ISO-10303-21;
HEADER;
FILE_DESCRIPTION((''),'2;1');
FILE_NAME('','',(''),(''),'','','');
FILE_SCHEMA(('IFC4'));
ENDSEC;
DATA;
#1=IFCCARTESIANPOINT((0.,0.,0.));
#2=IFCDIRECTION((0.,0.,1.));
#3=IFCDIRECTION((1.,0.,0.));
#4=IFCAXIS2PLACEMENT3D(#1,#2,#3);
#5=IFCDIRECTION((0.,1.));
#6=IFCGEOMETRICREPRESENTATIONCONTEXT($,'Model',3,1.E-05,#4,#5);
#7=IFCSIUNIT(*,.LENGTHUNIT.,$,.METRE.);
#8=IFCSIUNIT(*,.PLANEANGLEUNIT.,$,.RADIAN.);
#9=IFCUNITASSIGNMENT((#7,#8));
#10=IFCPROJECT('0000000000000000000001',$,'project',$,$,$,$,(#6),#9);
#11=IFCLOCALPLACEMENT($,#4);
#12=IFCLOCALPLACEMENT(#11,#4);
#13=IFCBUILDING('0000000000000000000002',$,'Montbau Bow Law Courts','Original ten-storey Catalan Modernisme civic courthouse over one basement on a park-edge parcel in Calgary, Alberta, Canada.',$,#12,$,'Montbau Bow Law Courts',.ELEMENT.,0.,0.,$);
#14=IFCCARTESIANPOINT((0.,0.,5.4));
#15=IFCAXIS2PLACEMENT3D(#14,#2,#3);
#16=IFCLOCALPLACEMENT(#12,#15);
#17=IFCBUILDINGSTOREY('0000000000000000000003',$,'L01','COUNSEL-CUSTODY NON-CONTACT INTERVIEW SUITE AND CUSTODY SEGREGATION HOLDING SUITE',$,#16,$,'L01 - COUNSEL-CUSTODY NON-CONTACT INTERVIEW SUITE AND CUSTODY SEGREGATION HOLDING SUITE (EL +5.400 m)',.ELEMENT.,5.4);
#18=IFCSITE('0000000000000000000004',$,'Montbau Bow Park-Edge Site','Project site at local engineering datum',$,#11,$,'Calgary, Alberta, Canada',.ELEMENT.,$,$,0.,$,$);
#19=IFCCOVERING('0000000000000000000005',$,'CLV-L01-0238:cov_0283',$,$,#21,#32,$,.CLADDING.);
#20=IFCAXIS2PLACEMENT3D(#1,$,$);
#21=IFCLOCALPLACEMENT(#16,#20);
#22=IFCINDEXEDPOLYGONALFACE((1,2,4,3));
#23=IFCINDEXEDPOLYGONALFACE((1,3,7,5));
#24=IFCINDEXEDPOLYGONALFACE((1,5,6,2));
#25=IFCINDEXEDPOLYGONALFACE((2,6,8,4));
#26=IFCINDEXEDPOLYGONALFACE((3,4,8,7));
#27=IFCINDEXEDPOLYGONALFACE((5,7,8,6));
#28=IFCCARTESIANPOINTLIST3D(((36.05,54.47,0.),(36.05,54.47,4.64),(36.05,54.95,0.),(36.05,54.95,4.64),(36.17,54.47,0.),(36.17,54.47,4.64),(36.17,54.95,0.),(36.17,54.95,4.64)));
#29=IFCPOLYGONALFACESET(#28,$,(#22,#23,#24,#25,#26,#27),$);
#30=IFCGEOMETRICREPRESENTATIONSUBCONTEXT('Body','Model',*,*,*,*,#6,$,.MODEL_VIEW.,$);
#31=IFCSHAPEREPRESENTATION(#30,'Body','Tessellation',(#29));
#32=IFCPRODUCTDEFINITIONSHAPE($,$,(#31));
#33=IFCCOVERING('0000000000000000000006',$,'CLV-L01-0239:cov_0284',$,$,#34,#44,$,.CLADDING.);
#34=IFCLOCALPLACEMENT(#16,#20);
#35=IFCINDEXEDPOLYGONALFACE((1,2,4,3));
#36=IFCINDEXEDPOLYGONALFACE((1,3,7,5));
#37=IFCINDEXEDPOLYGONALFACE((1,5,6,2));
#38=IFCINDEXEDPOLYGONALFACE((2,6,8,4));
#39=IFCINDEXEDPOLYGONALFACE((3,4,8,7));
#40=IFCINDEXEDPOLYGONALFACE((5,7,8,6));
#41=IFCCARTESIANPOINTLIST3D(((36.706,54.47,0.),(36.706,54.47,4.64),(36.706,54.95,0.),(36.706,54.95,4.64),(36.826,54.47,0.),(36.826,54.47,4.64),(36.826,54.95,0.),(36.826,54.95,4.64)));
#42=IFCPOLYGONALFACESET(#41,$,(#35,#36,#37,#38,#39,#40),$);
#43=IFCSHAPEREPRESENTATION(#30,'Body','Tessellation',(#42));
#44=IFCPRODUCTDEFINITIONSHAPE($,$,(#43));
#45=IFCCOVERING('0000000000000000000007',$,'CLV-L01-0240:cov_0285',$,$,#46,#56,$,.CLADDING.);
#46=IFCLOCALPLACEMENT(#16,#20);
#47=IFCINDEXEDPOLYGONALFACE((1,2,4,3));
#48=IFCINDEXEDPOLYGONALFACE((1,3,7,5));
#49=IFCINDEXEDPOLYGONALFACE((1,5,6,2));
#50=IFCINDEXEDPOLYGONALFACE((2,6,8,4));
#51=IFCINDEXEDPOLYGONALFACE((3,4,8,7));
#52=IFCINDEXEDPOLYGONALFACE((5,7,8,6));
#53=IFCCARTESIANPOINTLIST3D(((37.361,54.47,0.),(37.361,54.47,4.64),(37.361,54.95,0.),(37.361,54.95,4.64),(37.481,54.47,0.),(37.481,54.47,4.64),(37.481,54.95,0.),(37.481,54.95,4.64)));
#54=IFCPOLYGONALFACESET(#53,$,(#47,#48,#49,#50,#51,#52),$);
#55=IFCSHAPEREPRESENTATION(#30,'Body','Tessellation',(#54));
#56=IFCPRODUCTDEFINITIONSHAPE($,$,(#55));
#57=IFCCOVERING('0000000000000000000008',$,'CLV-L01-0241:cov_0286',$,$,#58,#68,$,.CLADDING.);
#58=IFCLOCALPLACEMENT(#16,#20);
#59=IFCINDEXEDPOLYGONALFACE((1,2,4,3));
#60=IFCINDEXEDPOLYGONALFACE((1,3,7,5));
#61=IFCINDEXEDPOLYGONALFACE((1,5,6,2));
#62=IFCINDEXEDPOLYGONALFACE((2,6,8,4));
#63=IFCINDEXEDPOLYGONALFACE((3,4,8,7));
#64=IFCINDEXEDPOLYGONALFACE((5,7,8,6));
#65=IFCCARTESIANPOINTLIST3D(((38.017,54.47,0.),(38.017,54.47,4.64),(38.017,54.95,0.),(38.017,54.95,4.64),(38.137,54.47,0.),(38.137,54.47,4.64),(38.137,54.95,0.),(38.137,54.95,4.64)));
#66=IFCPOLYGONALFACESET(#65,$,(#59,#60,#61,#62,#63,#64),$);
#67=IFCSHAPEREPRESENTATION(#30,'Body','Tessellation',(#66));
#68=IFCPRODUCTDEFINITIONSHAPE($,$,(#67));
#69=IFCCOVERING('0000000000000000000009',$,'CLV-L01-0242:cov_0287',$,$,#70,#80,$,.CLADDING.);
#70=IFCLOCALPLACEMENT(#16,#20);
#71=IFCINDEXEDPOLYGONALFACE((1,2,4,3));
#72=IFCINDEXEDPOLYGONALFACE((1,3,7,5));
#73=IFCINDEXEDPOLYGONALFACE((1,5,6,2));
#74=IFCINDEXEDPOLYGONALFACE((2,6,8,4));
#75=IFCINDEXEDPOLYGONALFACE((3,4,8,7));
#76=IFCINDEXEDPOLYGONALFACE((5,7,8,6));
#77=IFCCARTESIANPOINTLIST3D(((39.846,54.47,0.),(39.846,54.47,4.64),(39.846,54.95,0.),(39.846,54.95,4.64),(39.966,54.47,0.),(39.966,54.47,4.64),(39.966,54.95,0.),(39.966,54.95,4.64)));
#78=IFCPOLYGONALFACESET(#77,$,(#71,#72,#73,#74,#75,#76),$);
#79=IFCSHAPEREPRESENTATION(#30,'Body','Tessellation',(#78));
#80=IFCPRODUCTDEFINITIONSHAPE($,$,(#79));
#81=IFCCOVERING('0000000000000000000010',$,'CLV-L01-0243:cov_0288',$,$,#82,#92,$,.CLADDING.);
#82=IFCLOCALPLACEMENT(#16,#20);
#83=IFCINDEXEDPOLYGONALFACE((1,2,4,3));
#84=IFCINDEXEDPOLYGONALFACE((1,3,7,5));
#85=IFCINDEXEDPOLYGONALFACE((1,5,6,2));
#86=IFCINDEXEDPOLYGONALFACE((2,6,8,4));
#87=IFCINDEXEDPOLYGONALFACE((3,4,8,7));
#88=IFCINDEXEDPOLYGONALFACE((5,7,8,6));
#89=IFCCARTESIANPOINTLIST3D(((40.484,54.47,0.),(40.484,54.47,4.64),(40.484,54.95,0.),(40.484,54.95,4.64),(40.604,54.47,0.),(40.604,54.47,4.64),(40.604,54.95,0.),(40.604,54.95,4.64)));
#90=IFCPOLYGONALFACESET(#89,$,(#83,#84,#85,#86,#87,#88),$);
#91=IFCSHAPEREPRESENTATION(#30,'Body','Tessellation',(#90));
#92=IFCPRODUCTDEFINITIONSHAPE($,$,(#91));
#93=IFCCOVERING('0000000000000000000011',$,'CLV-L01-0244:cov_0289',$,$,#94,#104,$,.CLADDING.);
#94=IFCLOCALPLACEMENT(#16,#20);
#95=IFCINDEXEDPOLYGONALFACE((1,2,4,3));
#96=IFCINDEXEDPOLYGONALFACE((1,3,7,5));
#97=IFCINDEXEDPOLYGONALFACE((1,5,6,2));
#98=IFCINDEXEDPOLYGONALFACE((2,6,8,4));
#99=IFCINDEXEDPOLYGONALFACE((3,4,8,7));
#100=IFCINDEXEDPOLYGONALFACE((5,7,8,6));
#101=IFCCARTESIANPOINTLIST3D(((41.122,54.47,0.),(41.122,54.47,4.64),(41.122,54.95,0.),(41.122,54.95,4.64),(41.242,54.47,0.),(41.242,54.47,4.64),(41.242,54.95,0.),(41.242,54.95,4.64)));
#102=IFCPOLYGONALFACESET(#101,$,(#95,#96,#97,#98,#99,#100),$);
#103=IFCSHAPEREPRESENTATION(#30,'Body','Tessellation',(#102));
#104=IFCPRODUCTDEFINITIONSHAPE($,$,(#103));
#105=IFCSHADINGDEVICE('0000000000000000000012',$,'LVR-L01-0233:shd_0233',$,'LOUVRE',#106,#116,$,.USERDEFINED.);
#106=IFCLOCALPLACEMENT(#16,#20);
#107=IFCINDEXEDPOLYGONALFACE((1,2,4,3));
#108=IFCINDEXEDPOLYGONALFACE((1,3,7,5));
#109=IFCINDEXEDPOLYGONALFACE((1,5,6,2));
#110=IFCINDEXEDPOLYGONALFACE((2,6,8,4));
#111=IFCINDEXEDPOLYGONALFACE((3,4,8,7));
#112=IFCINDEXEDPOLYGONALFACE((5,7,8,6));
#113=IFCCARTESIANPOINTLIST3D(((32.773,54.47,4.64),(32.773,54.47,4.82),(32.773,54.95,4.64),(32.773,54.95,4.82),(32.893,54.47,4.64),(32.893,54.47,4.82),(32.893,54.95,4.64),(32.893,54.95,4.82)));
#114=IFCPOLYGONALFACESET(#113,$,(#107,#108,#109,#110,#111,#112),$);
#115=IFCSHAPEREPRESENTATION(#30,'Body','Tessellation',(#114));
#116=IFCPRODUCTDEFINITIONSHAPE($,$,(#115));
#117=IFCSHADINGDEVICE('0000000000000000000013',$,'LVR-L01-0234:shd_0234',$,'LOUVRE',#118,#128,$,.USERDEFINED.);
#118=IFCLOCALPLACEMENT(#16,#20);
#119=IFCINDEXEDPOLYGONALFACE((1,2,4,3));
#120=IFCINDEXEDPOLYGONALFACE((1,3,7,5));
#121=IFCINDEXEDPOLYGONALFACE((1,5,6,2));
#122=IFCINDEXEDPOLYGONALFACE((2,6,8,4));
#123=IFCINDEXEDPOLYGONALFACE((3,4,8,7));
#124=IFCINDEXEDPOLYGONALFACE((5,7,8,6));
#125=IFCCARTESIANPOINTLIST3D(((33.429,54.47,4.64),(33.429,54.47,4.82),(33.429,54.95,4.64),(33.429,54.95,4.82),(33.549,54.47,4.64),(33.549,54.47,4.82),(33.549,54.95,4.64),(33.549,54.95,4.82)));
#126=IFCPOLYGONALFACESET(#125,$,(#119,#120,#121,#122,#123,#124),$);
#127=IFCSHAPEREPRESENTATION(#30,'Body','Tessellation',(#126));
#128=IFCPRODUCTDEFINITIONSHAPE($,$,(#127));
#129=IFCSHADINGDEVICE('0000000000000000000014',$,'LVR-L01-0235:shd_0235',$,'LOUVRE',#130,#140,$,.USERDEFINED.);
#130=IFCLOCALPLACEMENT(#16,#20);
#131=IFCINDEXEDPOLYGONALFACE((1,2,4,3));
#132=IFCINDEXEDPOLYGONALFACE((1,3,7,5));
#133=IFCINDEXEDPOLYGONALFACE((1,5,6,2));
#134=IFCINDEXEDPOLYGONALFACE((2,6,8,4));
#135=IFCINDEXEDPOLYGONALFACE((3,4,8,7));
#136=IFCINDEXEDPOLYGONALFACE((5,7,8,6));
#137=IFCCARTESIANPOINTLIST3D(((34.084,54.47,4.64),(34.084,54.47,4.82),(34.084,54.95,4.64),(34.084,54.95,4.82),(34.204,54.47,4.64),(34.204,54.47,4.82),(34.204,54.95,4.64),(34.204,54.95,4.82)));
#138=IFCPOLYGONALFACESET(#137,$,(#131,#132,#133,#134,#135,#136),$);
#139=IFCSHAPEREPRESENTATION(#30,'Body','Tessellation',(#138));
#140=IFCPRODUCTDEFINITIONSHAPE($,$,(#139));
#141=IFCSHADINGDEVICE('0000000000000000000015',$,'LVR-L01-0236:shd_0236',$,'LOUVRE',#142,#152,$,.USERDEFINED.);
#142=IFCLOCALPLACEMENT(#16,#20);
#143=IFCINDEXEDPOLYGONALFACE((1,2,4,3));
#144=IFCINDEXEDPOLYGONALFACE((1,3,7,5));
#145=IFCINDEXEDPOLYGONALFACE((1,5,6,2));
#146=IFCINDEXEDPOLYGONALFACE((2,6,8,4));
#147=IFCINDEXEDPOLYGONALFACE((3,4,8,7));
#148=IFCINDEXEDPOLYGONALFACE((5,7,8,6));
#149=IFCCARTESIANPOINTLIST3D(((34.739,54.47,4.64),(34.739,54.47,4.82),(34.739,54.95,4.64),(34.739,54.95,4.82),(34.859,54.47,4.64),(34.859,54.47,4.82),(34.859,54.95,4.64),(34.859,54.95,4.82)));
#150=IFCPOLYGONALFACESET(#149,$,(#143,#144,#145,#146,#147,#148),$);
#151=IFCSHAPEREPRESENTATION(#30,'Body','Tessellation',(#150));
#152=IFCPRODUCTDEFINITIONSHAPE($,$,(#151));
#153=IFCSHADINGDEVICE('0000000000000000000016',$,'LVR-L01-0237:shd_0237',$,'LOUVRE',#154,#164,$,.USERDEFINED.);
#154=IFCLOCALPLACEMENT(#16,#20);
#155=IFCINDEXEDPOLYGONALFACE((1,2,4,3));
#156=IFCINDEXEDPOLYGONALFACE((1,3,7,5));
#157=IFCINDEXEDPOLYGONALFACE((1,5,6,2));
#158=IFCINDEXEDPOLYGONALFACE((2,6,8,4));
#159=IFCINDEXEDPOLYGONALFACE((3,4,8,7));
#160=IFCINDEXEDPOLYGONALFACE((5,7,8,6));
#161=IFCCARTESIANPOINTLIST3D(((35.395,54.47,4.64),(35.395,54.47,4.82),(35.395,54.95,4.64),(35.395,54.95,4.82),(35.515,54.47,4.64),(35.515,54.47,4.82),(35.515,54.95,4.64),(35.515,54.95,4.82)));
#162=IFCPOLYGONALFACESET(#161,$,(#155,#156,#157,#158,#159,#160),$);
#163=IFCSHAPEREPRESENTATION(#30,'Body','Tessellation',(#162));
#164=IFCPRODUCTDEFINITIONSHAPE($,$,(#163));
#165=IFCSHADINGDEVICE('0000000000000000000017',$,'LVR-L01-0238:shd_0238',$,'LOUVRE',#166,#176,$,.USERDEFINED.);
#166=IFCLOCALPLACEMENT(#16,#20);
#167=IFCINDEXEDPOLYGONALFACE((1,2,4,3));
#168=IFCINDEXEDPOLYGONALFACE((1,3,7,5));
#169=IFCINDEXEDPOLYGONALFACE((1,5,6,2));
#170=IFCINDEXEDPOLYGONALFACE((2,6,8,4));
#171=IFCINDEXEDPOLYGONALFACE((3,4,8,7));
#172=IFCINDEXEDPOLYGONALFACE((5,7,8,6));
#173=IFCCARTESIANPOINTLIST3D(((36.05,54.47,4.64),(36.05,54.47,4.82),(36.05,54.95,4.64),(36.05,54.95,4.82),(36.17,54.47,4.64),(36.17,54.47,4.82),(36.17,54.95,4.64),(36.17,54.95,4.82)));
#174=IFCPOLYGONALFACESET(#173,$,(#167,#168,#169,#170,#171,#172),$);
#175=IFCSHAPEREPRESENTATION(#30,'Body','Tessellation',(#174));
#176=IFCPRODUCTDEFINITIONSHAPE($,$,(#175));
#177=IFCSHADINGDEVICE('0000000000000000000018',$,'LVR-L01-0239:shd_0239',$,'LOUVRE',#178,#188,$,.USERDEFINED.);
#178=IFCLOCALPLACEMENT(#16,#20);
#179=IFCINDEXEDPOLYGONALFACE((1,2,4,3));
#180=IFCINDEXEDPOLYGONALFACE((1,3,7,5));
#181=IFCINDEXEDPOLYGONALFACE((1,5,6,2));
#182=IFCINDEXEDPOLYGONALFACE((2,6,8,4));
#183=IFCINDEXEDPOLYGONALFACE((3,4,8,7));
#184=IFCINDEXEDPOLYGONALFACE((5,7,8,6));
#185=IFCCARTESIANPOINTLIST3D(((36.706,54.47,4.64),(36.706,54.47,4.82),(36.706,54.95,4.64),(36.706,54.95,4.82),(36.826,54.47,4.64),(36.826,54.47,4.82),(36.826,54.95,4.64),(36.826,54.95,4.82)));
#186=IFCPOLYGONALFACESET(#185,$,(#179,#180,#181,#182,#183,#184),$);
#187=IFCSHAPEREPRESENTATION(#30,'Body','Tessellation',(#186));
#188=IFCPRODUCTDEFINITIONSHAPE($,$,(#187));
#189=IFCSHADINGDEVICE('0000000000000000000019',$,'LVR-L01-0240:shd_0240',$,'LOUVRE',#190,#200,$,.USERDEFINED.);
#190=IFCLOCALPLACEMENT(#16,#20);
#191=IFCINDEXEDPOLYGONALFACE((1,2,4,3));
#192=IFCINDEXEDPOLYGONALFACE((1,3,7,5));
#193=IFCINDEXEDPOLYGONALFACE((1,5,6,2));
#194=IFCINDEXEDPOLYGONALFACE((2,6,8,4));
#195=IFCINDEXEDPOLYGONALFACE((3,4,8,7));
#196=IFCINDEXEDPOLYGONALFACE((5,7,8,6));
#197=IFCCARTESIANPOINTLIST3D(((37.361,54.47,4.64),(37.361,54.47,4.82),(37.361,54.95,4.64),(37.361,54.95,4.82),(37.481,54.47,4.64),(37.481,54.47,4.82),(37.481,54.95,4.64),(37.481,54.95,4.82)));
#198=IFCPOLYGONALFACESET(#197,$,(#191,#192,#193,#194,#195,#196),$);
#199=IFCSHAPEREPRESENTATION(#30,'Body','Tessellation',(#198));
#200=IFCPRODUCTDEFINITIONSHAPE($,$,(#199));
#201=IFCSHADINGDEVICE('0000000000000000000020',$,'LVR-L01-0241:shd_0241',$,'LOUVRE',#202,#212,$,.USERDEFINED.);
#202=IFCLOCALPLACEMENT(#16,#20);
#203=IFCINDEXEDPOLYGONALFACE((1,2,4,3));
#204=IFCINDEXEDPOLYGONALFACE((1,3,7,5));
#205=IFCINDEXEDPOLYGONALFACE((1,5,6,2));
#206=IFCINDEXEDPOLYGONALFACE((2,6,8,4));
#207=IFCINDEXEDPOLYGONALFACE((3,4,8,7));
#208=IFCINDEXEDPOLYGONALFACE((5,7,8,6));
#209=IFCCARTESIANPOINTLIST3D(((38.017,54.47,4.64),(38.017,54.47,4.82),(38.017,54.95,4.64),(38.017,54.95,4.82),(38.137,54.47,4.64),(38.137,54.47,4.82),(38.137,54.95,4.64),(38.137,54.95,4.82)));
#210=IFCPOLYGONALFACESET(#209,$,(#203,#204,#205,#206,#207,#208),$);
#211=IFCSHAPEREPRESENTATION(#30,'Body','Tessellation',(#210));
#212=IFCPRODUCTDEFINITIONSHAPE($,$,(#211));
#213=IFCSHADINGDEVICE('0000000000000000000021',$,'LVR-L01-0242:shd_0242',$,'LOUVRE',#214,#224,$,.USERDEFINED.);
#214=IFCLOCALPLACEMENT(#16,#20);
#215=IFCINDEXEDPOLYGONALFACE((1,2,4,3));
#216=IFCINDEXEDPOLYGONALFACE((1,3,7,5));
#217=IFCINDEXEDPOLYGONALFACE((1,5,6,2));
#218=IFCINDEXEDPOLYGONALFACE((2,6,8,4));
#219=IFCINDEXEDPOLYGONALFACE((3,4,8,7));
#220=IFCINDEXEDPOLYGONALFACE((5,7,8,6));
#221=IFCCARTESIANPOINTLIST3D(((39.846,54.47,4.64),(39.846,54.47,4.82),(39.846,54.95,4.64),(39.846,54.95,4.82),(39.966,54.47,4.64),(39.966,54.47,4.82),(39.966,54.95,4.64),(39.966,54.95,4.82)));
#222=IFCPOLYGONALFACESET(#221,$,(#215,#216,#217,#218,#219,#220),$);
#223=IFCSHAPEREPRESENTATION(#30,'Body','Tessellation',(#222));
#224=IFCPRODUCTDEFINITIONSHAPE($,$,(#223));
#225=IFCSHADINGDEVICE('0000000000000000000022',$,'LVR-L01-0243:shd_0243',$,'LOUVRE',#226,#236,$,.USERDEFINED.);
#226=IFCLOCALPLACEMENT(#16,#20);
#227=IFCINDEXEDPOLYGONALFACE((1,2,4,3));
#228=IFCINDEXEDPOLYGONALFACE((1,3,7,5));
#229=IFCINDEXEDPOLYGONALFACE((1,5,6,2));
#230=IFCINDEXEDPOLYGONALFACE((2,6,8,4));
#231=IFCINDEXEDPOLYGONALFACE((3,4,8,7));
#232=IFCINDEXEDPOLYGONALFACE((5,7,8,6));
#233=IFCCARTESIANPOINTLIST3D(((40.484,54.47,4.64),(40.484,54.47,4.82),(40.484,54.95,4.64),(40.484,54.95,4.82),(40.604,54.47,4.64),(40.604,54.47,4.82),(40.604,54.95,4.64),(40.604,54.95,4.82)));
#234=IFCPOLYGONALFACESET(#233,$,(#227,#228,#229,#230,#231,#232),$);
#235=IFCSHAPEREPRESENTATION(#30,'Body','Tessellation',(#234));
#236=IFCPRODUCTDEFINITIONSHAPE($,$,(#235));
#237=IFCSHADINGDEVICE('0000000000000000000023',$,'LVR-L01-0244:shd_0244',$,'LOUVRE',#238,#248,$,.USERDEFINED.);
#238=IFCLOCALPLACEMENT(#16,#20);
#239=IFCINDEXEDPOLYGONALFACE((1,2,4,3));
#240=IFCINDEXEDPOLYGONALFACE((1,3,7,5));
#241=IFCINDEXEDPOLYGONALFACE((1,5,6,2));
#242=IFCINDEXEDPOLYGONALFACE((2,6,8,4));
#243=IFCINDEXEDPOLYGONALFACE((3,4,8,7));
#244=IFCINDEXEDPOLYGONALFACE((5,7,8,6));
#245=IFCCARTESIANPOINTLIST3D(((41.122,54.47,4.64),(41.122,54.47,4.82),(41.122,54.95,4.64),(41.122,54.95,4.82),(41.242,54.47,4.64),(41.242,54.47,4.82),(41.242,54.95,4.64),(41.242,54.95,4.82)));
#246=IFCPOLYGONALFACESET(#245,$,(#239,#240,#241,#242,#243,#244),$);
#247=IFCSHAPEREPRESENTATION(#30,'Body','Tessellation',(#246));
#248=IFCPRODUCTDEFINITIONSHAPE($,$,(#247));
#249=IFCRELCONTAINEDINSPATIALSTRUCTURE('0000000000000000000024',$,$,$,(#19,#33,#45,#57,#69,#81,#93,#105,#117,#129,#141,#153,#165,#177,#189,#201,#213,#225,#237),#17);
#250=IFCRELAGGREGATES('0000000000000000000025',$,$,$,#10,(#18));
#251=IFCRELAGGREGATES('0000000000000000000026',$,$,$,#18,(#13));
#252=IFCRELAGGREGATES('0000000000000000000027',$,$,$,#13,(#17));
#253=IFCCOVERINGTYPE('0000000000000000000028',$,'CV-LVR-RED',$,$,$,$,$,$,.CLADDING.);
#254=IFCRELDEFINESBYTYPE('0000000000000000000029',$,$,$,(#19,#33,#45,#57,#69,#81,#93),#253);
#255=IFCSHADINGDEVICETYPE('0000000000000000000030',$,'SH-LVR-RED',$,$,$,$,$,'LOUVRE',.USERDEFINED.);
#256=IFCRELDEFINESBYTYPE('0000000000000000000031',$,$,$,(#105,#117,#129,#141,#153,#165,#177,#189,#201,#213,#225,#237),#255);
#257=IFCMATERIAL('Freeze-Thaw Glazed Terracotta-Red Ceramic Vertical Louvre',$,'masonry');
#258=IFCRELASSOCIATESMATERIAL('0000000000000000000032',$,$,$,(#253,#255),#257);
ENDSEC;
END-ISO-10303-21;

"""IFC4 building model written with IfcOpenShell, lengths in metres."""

from ifc_helpers import new_model, si_unit, direction, frame, frame_2d, origin_with_axes, origin_2d_with_axis, place, context, subcontext, project, spatial, rectangle, extrude, material, type_object, element, save


model = new_model("IFC4")

# Units and contexts
model_context = context("Model", 3, precision=1e-05, world=origin_with_axes(), true_north=direction((0.0, 1.0)))
body_context = subcontext(model_context, "Body", "Model", "MODEL_VIEW")
ifc_project = project(units=[si_unit("LENGTHUNIT", "METRE"), si_unit("PLANEANGLEUNIT", "RADIAN")], contexts=[model_context])

# Site, building, storey
site_placement = place(None, origin_with_axes())
site = spatial("IfcSite", under=ifc_project, at=site_placement, Name="Montbau Bow Park-Edge Site", Description="Project site at local engineering datum", LongName="Calgary, Alberta, Canada", CompositionType="ELEMENT", RefElevation=0.0)
building_placement = place(site_placement, origin_with_axes())
building = spatial("IfcBuilding", under=site, at=building_placement, Name="Montbau Bow Law Courts", Description="Original ten-storey Catalan Modernisme civic courthouse over one basement on a park-edge parcel in Calgary, Alberta, Canada.", LongName="Montbau Bow Law Courts", CompositionType="ELEMENT", ElevationOfRefHeight=0.0, ElevationOfTerrain=0.0)
storey_placement = place(building_placement, frame((0.0, 0.0, 5.4), z_axis=(0.0, 0.0, 1.0), x_axis=(1.0, 0.0, 0.0)))
storey = spatial("IfcBuildingStorey", under=building, at=storey_placement, Name="L01", Description="COUNSEL-CUSTODY NON-CONTACT INTERVIEW SUITE AND CUSTODY SEGREGATION HOLDING SUITE", LongName="L01 - COUNSEL-CUSTODY NON-CONTACT INTERVIEW SUITE AND CUSTODY SEGREGATION HOLDING SUITE (EL +5.400 m)", CompositionType="ELEMENT", Elevation=5.4)

# Coverings
ifc_material_1 = material(Name="Freeze-Thaw Glazed Terracotta-Red Ceramic Vertical Louvre", Category="masonry")
covering_type = type_object("IfcCoveringType", Name="CV-LVR-RED", PredefinedType="CLADDING", material=ifc_material_1)
for number, where, z_axis, x_axis, name in (
    (1, (36.11, 54.47, 5.4), (1.0, 0.0, 0.0), (0.0, 1.0, 0.0), "CLV-L01-0238:cov_0283"),
    (2, (36.766, 54.47, 5.4), (1.0, 0.0, 0.0), (0.0, 1.0, 0.0), "CLV-L01-0239:cov_0284"),
    (3, (37.421, 54.47, 5.4), (1.0, 0.0, 0.0), (0.0, 1.0, 0.0), "CLV-L01-0240:cov_0285"),
    (4, (38.077, 54.47, 5.4), (1.0, 0.0, 0.0), (0.0, 1.0, 0.0), "CLV-L01-0241:cov_0286"),
    (5, (39.906, 54.47, 5.4), (1.0, 0.0, 0.0), (0.0, 1.0, 0.0), "CLV-L01-0242:cov_0287"),
    (6, (40.544, 54.47, 5.4), (1.0, 0.0, 0.0), (0.0, 1.0, 0.0), "CLV-L01-0243:cov_0288"),
    (7, (41.182, 54.47, 5.4), (1.0, 0.0, 0.0), (0.0, 1.0, 0.0), "CLV-L01-0244:cov_0289"),
):
    element("IfcCovering", number, at=place(None, frame(where, z_axis=z_axis, x_axis=x_axis)), inside=storey, type_object=covering_type, Name=name, PredefinedType="CLADDING", context=body_context, shape_type="SweptSolid", body=[
        extrude(rectangle(XDim=0.48, YDim=4.64, at=frame_2d((0.24, 2.32), x_axis=(1.0, 0.0))), frame((0.0, 0.0, -0.06), z_axis=(0.0, 0.0, 1.0), x_axis=(1.0, 0.0, 0.0)), (0.0, 0.0, 1.0), 0.12),
    ])

# Shading devices
shading_device_type = type_object("IfcShadingDeviceType", Name="SH-LVR-RED", ElementType="LOUVRE", PredefinedType="USERDEFINED", material=ifc_material_1)
for number, where, z_axis, x_axis, name in (
    (8, (32.833, 54.71, 10.04), (0.0, 0.0, 1.0), (0.0, 1.0, 0.0), "LVR-L01-0233:shd_0233"),
    (9, (33.489, 54.71, 10.04), (0.0, 0.0, 1.0), (0.0, 1.0, 0.0), "LVR-L01-0234:shd_0234"),
    (10, (34.144, 54.71, 10.04), (0.0, 0.0, 1.0), (0.0, 1.0, 0.0), "LVR-L01-0235:shd_0235"),
    (11, (34.799, 54.71, 10.04), (0.0, 0.0, 1.0), (0.0, 1.0, 0.0), "LVR-L01-0236:shd_0236"),
    (12, (35.455, 54.71, 10.04), (0.0, 0.0, 1.0), (0.0, 1.0, 0.0), "LVR-L01-0237:shd_0237"),
    (13, (36.11, 54.71, 10.04), (0.0, 0.0, 1.0), (0.0, 1.0, 0.0), "LVR-L01-0238:shd_0238"),
    (14, (36.766, 54.71, 10.04), (0.0, 0.0, 1.0), (0.0, 1.0, 0.0), "LVR-L01-0239:shd_0239"),
    (15, (37.421, 54.71, 10.04), (0.0, 0.0, 1.0), (0.0, 1.0, 0.0), "LVR-L01-0240:shd_0240"),
    (16, (38.077, 54.71, 10.04), (0.0, 0.0, 1.0), (0.0, 1.0, 0.0), "LVR-L01-0241:shd_0241"),
    (17, (39.906, 54.71, 10.04), (0.0, 0.0, 1.0), (0.0, 1.0, 0.0), "LVR-L01-0242:shd_0242"),
    (18, (40.544, 54.71, 10.04), (0.0, 0.0, 1.0), (0.0, 1.0, 0.0), "LVR-L01-0243:shd_0243"),
    (19, (41.182, 54.71, 10.04), (0.0, 0.0, 1.0), (0.0, 1.0, 0.0), "LVR-L01-0244:shd_0244"),
):
    element("IfcShadingDevice", number, at=place(None, frame(where, z_axis=z_axis, x_axis=x_axis)), inside=storey, type_object=shading_device_type, Name=name, ObjectType="LOUVRE", PredefinedType="USERDEFINED", context=body_context, shape_type="SweptSolid", body=[
        extrude(rectangle(XDim=0.48, YDim=0.12, at=origin_2d_with_axis()), origin_with_axes(), (0.0, 0.0, 1.0), 0.18),
    ])

save(model, "model.ifc")
